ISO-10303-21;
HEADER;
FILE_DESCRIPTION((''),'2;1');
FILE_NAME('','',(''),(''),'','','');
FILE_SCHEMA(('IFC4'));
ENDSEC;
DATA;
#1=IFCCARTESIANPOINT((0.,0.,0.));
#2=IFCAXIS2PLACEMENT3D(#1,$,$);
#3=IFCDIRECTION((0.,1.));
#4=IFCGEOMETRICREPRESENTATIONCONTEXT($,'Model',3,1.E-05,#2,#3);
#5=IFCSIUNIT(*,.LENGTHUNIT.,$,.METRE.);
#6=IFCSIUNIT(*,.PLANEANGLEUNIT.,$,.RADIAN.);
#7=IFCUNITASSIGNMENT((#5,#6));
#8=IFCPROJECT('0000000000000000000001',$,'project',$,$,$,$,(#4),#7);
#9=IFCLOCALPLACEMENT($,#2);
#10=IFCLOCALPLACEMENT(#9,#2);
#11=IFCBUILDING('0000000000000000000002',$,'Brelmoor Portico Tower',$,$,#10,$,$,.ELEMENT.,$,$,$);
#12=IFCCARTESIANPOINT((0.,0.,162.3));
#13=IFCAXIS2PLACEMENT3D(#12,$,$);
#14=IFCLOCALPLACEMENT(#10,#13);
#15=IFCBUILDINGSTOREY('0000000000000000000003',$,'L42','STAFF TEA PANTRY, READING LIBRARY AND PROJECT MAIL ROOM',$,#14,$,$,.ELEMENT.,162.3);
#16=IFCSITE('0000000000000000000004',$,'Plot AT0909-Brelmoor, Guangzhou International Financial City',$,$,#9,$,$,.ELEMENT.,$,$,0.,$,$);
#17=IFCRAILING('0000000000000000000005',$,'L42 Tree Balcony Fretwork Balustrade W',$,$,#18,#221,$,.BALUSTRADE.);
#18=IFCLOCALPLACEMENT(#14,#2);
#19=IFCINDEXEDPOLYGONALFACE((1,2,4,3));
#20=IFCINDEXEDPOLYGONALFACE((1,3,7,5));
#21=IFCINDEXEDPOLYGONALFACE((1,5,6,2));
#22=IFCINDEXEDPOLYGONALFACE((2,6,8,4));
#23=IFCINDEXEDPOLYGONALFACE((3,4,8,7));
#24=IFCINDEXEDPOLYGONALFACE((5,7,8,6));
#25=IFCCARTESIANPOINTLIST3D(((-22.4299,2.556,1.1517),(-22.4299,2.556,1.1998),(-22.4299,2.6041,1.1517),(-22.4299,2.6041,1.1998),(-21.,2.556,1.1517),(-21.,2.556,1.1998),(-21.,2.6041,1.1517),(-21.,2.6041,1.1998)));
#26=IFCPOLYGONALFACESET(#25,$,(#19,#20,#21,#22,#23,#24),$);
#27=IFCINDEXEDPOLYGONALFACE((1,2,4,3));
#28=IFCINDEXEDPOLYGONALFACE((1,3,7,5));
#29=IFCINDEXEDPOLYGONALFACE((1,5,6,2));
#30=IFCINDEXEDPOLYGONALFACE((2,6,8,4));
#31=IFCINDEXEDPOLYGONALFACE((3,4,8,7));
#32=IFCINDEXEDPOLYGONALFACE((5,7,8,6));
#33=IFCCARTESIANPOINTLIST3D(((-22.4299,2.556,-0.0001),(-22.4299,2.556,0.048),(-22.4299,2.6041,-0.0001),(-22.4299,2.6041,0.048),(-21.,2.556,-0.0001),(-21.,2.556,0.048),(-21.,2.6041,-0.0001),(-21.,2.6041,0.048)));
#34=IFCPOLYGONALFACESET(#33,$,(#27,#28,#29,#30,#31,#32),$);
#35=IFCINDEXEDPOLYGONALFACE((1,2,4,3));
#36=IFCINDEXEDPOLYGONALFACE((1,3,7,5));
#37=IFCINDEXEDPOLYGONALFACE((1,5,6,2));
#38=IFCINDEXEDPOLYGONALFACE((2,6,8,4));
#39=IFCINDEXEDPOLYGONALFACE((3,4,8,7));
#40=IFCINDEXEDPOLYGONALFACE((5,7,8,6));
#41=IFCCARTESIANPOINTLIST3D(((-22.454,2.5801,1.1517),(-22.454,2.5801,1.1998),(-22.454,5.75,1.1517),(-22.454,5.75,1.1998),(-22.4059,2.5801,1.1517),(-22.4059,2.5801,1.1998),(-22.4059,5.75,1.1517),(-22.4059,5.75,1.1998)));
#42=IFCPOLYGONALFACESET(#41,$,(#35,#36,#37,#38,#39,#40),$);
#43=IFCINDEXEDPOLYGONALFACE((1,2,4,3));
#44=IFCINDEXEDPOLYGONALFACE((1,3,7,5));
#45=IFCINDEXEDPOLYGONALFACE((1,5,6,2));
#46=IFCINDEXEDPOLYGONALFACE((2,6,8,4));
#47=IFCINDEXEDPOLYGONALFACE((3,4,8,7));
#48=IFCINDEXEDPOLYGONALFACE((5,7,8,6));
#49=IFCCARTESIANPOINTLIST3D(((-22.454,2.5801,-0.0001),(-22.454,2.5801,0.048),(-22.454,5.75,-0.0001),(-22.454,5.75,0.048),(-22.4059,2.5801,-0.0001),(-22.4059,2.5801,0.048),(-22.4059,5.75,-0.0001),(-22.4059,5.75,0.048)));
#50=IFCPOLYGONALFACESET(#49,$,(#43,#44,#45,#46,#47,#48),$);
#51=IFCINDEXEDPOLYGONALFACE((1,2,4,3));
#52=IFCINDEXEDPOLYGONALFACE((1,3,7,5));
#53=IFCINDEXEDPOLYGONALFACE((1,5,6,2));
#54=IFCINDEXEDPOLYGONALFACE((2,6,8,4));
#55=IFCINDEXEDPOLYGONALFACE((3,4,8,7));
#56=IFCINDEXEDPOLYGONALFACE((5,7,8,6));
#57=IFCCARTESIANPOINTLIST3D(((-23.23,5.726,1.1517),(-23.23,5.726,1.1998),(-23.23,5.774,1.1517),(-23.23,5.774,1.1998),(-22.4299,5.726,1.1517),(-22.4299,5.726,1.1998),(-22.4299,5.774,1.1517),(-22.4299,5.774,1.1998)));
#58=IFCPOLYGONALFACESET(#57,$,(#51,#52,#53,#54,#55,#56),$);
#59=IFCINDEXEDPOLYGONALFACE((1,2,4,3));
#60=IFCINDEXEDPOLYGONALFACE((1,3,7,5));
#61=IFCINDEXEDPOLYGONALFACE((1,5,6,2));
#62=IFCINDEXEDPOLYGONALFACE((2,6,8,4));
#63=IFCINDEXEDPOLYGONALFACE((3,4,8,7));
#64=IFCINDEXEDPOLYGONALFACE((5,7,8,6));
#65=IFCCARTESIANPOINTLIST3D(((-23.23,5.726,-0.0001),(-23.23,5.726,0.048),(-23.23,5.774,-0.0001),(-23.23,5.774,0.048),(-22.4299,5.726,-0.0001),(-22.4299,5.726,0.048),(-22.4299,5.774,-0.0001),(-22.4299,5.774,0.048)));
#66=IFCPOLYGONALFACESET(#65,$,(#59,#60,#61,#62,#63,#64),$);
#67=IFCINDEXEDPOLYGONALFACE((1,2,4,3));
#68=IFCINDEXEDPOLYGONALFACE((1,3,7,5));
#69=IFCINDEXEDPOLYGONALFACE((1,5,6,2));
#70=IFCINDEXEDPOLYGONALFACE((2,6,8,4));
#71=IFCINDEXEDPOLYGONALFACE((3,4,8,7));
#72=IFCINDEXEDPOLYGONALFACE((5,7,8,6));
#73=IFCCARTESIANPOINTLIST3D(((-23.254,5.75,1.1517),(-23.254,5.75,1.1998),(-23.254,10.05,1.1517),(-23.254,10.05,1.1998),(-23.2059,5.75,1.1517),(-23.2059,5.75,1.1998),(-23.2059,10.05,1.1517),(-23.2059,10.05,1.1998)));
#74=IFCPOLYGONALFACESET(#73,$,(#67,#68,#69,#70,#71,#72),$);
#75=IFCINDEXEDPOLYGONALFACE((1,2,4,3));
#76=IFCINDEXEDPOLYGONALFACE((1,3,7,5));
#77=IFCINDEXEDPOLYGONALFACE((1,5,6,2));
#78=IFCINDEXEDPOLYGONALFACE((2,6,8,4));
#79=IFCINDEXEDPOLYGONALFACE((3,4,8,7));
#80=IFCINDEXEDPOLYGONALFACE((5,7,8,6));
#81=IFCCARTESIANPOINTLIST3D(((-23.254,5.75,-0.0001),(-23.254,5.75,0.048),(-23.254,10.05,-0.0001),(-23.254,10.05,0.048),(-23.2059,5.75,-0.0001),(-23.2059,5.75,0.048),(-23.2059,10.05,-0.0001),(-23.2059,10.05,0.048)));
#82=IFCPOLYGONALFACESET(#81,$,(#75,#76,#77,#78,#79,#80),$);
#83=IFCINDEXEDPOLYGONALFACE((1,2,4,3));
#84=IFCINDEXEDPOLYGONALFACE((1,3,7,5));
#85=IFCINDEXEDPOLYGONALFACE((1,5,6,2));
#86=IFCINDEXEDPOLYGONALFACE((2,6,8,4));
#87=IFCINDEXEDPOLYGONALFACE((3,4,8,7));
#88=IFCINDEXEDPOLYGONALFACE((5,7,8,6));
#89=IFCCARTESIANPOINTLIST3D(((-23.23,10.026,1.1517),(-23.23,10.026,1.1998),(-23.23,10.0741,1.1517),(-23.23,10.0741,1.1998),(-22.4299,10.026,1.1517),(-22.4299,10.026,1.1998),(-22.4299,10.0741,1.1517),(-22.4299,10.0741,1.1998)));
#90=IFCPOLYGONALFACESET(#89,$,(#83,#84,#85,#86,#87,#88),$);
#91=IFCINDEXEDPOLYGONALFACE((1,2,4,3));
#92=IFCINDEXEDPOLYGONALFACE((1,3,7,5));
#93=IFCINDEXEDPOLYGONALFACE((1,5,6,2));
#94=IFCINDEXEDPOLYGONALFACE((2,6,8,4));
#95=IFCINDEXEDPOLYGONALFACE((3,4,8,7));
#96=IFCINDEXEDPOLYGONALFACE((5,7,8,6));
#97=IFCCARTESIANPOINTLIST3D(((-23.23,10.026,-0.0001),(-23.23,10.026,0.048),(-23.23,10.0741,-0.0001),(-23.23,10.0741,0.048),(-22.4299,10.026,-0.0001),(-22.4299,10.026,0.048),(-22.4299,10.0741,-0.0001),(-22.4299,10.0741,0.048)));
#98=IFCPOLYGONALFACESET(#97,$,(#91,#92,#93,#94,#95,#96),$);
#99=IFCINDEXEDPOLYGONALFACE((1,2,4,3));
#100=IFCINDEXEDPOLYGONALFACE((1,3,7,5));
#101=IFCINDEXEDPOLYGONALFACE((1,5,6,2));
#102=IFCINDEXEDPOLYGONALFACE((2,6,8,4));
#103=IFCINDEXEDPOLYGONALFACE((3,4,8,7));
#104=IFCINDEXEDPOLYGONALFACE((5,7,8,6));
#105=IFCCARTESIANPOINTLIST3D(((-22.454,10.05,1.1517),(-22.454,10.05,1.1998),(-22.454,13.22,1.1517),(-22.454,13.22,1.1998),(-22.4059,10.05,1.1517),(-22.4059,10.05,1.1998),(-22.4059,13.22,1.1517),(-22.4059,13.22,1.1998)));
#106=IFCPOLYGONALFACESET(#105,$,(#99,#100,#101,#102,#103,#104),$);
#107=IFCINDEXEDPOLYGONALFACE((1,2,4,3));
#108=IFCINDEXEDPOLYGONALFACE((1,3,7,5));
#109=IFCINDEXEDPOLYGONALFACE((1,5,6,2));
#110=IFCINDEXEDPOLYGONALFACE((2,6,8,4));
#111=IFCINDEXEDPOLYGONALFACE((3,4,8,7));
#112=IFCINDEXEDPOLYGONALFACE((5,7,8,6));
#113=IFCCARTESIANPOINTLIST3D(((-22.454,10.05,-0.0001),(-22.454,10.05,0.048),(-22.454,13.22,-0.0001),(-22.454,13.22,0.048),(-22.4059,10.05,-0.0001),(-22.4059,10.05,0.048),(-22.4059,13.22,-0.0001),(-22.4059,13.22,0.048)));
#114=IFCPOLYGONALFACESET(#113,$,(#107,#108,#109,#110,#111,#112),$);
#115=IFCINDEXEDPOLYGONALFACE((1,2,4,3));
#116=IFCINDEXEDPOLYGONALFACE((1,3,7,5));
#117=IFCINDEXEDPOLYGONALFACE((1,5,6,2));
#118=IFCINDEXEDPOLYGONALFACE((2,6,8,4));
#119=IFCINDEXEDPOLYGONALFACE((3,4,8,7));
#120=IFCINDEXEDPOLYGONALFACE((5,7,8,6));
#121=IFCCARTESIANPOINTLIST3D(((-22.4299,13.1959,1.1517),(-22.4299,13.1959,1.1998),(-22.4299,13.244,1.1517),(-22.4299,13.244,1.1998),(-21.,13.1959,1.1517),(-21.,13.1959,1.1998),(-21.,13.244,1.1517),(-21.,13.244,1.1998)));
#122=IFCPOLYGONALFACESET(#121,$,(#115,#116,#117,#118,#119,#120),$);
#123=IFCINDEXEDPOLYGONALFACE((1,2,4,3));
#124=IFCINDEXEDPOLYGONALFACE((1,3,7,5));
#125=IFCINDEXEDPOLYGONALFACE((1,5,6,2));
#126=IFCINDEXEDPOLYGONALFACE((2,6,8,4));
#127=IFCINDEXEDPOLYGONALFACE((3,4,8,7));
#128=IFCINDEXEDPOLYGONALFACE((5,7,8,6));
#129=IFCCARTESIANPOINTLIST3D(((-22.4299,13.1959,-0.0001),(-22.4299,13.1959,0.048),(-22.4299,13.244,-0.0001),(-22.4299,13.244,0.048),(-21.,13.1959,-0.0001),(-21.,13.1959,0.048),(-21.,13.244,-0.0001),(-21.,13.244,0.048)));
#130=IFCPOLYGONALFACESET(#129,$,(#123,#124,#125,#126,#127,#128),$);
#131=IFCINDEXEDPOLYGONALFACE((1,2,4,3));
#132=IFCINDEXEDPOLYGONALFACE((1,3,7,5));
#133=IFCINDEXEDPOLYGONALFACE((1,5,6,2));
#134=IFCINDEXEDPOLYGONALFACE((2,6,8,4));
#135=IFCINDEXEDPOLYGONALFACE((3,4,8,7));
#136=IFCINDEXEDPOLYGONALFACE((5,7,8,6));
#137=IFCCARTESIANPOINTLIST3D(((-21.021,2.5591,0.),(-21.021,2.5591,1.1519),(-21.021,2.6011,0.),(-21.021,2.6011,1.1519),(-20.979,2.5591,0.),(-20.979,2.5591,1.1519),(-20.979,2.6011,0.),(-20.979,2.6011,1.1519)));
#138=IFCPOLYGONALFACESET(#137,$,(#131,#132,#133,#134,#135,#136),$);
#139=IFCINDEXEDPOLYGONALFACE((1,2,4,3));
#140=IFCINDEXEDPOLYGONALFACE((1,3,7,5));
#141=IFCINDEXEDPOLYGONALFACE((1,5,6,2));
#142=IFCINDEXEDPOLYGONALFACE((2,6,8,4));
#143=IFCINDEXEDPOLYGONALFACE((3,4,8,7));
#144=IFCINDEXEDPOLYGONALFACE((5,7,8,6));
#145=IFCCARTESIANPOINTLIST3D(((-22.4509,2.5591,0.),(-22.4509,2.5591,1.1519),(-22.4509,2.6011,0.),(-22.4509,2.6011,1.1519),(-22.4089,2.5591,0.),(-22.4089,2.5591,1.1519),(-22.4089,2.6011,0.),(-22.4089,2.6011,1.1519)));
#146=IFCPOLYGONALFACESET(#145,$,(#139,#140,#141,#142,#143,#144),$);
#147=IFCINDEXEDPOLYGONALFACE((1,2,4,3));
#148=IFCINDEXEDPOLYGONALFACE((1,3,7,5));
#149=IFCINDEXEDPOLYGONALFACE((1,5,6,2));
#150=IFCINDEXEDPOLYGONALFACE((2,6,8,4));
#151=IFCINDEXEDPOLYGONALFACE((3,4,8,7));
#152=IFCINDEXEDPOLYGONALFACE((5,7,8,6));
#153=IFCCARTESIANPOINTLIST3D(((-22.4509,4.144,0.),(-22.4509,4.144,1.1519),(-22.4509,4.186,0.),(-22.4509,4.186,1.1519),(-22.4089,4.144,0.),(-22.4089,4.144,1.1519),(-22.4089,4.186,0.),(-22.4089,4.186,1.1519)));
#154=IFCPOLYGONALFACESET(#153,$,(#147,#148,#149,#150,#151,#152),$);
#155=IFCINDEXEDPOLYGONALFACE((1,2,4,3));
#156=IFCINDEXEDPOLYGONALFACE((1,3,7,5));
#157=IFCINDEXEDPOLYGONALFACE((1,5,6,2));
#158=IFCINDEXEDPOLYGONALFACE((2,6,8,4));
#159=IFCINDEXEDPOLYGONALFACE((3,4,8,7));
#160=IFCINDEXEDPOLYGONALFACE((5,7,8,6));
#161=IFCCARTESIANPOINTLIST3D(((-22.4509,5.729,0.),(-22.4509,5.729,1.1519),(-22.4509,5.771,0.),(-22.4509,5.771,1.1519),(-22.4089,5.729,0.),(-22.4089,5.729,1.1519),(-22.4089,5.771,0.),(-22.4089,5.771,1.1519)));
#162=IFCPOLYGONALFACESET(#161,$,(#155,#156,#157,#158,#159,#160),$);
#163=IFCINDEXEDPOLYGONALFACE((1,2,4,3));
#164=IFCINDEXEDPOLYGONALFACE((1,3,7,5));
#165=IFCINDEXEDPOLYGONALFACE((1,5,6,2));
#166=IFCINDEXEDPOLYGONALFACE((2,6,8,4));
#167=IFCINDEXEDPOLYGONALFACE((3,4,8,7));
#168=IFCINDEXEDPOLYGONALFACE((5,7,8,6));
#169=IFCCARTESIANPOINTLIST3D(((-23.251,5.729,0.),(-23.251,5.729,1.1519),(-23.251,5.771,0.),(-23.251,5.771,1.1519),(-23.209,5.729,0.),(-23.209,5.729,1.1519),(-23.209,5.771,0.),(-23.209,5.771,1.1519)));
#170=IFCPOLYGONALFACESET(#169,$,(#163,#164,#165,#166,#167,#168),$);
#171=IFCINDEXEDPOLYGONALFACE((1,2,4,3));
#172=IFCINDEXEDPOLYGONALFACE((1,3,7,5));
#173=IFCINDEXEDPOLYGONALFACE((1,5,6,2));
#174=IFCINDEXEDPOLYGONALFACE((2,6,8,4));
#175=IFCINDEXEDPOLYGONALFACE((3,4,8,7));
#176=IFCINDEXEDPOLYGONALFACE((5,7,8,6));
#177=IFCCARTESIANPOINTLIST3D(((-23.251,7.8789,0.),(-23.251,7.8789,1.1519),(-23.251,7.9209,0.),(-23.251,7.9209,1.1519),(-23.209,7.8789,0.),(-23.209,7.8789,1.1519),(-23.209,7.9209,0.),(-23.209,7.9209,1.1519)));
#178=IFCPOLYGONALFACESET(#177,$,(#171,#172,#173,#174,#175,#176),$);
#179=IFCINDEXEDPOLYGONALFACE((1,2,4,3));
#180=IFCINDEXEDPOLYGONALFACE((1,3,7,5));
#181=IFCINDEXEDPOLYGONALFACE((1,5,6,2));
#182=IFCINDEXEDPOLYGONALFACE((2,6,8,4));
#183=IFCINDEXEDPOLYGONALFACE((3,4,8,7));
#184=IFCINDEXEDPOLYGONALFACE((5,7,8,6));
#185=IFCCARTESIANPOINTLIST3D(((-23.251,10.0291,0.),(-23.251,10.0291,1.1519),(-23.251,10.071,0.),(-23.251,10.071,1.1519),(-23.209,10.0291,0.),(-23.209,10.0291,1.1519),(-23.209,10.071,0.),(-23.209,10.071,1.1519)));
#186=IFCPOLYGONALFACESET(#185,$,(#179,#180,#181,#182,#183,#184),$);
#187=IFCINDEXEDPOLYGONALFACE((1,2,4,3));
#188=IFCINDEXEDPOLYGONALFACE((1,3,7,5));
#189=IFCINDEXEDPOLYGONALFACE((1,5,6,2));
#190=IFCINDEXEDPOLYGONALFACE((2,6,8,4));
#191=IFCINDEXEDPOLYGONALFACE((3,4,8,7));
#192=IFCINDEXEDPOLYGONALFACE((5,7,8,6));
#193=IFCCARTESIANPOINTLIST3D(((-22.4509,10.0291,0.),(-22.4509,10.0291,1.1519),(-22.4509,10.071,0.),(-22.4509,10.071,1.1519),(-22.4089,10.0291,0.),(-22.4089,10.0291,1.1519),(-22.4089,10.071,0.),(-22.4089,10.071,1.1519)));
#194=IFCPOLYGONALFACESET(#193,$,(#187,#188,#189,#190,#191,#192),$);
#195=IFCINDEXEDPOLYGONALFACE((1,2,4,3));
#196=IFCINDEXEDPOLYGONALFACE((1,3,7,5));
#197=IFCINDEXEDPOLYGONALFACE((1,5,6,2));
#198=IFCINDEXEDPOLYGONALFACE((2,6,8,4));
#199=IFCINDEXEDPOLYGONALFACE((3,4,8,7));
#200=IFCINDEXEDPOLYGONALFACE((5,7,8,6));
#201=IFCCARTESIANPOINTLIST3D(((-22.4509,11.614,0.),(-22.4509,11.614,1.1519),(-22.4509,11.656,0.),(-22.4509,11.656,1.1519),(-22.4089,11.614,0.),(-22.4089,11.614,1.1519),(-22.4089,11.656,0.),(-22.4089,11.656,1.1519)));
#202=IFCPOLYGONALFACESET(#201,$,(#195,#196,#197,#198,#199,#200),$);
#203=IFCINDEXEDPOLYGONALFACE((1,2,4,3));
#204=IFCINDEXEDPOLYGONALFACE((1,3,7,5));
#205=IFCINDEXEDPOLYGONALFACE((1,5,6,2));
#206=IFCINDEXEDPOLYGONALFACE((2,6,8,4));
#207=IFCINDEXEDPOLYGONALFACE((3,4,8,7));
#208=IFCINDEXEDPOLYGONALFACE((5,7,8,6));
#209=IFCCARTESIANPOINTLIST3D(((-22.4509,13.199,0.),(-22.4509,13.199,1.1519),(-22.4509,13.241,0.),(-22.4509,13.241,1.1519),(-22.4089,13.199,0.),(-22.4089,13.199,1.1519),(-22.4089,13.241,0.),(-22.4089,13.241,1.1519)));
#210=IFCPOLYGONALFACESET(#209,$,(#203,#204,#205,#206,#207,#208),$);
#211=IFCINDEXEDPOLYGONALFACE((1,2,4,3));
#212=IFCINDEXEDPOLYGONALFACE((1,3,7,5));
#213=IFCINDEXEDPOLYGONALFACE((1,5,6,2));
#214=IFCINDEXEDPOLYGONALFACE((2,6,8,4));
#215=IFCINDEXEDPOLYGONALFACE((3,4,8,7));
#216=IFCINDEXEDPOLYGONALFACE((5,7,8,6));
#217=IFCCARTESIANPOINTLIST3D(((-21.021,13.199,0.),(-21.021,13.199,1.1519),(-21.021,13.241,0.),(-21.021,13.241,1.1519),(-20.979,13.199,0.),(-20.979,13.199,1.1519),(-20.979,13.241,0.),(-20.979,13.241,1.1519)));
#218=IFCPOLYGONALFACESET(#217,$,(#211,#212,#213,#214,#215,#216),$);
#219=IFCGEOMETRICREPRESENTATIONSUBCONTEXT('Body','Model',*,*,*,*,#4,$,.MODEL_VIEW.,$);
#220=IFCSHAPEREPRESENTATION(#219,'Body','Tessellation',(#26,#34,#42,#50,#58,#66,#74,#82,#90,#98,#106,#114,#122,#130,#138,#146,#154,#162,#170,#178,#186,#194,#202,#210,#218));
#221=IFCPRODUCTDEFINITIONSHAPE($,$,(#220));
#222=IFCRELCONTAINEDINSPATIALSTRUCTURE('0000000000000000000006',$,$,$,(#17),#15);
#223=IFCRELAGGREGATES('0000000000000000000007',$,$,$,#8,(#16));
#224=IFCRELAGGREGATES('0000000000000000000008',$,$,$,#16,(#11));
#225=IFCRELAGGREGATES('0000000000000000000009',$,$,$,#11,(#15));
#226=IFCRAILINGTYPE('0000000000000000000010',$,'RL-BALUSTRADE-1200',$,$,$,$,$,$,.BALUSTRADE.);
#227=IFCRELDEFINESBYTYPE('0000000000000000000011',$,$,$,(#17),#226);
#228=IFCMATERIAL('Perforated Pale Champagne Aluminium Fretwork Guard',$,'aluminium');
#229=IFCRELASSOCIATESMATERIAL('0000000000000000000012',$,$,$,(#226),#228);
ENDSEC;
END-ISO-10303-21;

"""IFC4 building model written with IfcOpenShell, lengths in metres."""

from ifc_helpers import new_model, si_unit, direction, frame, origin, origin_2d, place, context, subcontext, project, spatial, rectangle, extrude, material, type_object, element, save


model = new_model("IFC4")

# Units and contexts
model_context = context("Model", 3, precision=1e-05, world=origin(), true_north=direction((0.0, 1.0)))
body_context = subcontext(model_context, "Body", "Model", "MODEL_VIEW")
ifc_project = project(units=[si_unit("LENGTHUNIT", "METRE"), si_unit("PLANEANGLEUNIT", "RADIAN")], contexts=[model_context])

# Site, building, storey
site_placement = place(None, origin())
site = spatial("IfcSite", under=ifc_project, at=site_placement, Name="Plot AT0909-Brelmoor, Guangzhou International Financial City", CompositionType="ELEMENT", RefElevation=0.0)
building_placement = place(site_placement, origin())
building = spatial("IfcBuilding", under=site, at=building_placement, Name="Brelmoor Portico Tower", CompositionType="ELEMENT")
storey_placement = place(building_placement, frame((0.0, 0.0, 162.3)))
storey = spatial("IfcBuildingStorey", under=building, at=storey_placement, Name="L42", Description="STAFF TEA PANTRY, READING LIBRARY AND PROJECT MAIL ROOM", CompositionType="ELEMENT", Elevation=162.3)

# Railing
ifc_material_1 = material(Name="Perforated Pale Champagne Aluminium Fretwork Guard", Category="aluminium")
railing_type_1 = type_object("IfcRailingType", Name="RL-BALUSTRADE-1200", PredefinedType="BALUSTRADE", material=ifc_material_1)
railing_1_placement = place(storey_placement, frame((-21.0, 2.5801, 0.0)))
element("IfcRailing", 1, at=railing_1_placement, inside=storey, type_object=railing_type_1, Name="L42 Tree Balcony Fretwork Balustrade W", PredefinedType="BALUSTRADE", context=body_context, shape_type="SweptSolid", body=[
    extrude(rectangle(XDim=0.0481, YDim=0.0481, at=origin_2d()), frame((0.0, 0.0, 1.1758), z_axis=(-1.0, 0.0, 0.0), x_axis=(0.0, -1.0, 0.0)), (0.0, 0.0, 1.0), 1.4299),
    extrude(rectangle(XDim=0.0481, YDim=0.0481, at=origin_2d()), frame((0.0, 0.0, 0.0239), z_axis=(-1.0, 0.0, 0.0), x_axis=(0.0, -1.0, 0.0)), (0.0, 0.0, 1.0), 1.4299),
    extrude(rectangle(XDim=0.0481, YDim=0.0481, at=origin_2d()), frame((-1.4299, 0.0, 1.1758), z_axis=(0.0, 1.0, 0.0), x_axis=(-1.0, 0.0, 0.0)), (0.0, 0.0, 1.0), 3.1699),
    extrude(rectangle(XDim=0.0481, YDim=0.0481, at=origin_2d()), frame((-1.4299, 0.0, 0.0239), z_axis=(0.0, 1.0, 0.0), x_axis=(-1.0, 0.0, 0.0)), (0.0, 0.0, 1.0), 3.1699),
    extrude(rectangle(XDim=0.0481, YDim=0.0481, at=origin_2d()), frame((-1.4299, 3.1699, 1.1758), z_axis=(-1.0, 0.0, 0.0), x_axis=(0.0, -1.0, 0.0)), (0.0, 0.0, 1.0), 0.8),
    extrude(rectangle(XDim=0.0481, YDim=0.0481, at=origin_2d()), frame((-1.4299, 3.1699, 0.0239), z_axis=(-1.0, 0.0, 0.0), x_axis=(0.0, -1.0, 0.0)), (0.0, 0.0, 1.0), 0.8),
    extrude(rectangle(XDim=0.0481, YDim=0.0481, at=origin_2d()), frame((-2.23, 3.1699, 1.1758), z_axis=(0.0, 1.0, 0.0), x_axis=(-1.0, 0.0, 0.0)), (0.0, 0.0, 1.0), 4.3),
    extrude(rectangle(XDim=0.0481, YDim=0.0481, at=origin_2d()), frame((-2.23, 3.1699, 0.0239), z_axis=(0.0, 1.0, 0.0), x_axis=(-1.0, 0.0, 0.0)), (0.0, 0.0, 1.0), 4.3),
    extrude(rectangle(XDim=0.0481, YDim=0.0481, at=origin_2d()), frame((-2.23, 7.47, 1.1758), z_axis=(1.0, 0.0, 0.0), x_axis=(0.0, 1.0, 0.0)), (0.0, 0.0, 1.0), 0.8),
    extrude(rectangle(XDim=0.0481, YDim=0.0481, at=origin_2d()), frame((-2.23, 7.47, 0.0239), z_axis=(1.0, 0.0, 0.0), x_axis=(0.0, 1.0, 0.0)), (0.0, 0.0, 1.0), 0.8),
    extrude(rectangle(XDim=0.0481, YDim=0.0481, at=origin_2d()), frame((-1.4299, 7.47, 1.1758), z_axis=(0.0, 1.0, 0.0), x_axis=(-1.0, 0.0, 0.0)), (0.0, 0.0, 1.0), 3.1699),
    extrude(rectangle(XDim=0.0481, YDim=0.0481, at=origin_2d()), frame((-1.4299, 7.47, 0.0239), z_axis=(0.0, 1.0, 0.0), x_axis=(-1.0, 0.0, 0.0)), (0.0, 0.0, 1.0), 3.1699),
    extrude(rectangle(XDim=0.0481, YDim=0.0481, at=origin_2d()), frame((-1.4299, 10.6399, 1.1758), z_axis=(1.0, 0.0, 0.0), x_axis=(0.0, 1.0, 0.0)), (0.0, 0.0, 1.0), 1.4299),
    extrude(rectangle(XDim=0.0481, YDim=0.0481, at=origin_2d()), frame((-1.4299, 10.6399, 0.0239), z_axis=(1.0, 0.0, 0.0), x_axis=(0.0, 1.0, 0.0)), (0.0, 0.0, 1.0), 1.4299),
    extrude(rectangle(XDim=0.042, YDim=0.042, at=origin_2d()), origin(), (0.0, 0.0, 1.0), 1.1519),
    extrude(rectangle(XDim=0.042, YDim=0.042, at=origin_2d()), frame((-1.4299, 0.0, 0.0)), (0.0, 0.0, 1.0), 1.1519),
    extrude(rectangle(XDim=0.042, YDim=0.042, at=origin_2d()), frame((-1.4299, 1.585, 0.0)), (0.0, 0.0, 1.0), 1.1519),
    extrude(rectangle(XDim=0.042, YDim=0.042, at=origin_2d()), frame((-1.4299, 3.1699, 0.0)), (0.0, 0.0, 1.0), 1.1519),
    extrude(rectangle(XDim=0.042, YDim=0.042, at=origin_2d()), frame((-2.23, 3.1699, 0.0)), (0.0, 0.0, 1.0), 1.1519),
    extrude(rectangle(XDim=0.042, YDim=0.042, at=origin_2d()), frame((-2.23, 5.3198, 0.0)), (0.0, 0.0, 1.0), 1.1519),
    extrude(rectangle(XDim=0.042, YDim=0.042, at=origin_2d()), frame((-2.23, 7.47, 0.0)), (0.0, 0.0, 1.0), 1.1519),
    extrude(rectangle(XDim=0.042, YDim=0.042, at=origin_2d()), frame((-1.4299, 7.47, 0.0)), (0.0, 0.0, 1.0), 1.1519),
    extrude(rectangle(XDim=0.042, YDim=0.042, at=origin_2d()), frame((-1.4299, 9.0549, 0.0)), (0.0, 0.0, 1.0), 1.1519),
    extrude(rectangle(XDim=0.042, YDim=0.042, at=origin_2d()), frame((-1.4299, 10.6399, 0.0)), (0.0, 0.0, 1.0), 1.1519),
    extrude(rectangle(XDim=0.042, YDim=0.042, at=origin_2d()), frame((0.0, 10.6399, 0.0)), (0.0, 0.0, 1.0), 1.1519),
])

save(model, "model.ifc")
